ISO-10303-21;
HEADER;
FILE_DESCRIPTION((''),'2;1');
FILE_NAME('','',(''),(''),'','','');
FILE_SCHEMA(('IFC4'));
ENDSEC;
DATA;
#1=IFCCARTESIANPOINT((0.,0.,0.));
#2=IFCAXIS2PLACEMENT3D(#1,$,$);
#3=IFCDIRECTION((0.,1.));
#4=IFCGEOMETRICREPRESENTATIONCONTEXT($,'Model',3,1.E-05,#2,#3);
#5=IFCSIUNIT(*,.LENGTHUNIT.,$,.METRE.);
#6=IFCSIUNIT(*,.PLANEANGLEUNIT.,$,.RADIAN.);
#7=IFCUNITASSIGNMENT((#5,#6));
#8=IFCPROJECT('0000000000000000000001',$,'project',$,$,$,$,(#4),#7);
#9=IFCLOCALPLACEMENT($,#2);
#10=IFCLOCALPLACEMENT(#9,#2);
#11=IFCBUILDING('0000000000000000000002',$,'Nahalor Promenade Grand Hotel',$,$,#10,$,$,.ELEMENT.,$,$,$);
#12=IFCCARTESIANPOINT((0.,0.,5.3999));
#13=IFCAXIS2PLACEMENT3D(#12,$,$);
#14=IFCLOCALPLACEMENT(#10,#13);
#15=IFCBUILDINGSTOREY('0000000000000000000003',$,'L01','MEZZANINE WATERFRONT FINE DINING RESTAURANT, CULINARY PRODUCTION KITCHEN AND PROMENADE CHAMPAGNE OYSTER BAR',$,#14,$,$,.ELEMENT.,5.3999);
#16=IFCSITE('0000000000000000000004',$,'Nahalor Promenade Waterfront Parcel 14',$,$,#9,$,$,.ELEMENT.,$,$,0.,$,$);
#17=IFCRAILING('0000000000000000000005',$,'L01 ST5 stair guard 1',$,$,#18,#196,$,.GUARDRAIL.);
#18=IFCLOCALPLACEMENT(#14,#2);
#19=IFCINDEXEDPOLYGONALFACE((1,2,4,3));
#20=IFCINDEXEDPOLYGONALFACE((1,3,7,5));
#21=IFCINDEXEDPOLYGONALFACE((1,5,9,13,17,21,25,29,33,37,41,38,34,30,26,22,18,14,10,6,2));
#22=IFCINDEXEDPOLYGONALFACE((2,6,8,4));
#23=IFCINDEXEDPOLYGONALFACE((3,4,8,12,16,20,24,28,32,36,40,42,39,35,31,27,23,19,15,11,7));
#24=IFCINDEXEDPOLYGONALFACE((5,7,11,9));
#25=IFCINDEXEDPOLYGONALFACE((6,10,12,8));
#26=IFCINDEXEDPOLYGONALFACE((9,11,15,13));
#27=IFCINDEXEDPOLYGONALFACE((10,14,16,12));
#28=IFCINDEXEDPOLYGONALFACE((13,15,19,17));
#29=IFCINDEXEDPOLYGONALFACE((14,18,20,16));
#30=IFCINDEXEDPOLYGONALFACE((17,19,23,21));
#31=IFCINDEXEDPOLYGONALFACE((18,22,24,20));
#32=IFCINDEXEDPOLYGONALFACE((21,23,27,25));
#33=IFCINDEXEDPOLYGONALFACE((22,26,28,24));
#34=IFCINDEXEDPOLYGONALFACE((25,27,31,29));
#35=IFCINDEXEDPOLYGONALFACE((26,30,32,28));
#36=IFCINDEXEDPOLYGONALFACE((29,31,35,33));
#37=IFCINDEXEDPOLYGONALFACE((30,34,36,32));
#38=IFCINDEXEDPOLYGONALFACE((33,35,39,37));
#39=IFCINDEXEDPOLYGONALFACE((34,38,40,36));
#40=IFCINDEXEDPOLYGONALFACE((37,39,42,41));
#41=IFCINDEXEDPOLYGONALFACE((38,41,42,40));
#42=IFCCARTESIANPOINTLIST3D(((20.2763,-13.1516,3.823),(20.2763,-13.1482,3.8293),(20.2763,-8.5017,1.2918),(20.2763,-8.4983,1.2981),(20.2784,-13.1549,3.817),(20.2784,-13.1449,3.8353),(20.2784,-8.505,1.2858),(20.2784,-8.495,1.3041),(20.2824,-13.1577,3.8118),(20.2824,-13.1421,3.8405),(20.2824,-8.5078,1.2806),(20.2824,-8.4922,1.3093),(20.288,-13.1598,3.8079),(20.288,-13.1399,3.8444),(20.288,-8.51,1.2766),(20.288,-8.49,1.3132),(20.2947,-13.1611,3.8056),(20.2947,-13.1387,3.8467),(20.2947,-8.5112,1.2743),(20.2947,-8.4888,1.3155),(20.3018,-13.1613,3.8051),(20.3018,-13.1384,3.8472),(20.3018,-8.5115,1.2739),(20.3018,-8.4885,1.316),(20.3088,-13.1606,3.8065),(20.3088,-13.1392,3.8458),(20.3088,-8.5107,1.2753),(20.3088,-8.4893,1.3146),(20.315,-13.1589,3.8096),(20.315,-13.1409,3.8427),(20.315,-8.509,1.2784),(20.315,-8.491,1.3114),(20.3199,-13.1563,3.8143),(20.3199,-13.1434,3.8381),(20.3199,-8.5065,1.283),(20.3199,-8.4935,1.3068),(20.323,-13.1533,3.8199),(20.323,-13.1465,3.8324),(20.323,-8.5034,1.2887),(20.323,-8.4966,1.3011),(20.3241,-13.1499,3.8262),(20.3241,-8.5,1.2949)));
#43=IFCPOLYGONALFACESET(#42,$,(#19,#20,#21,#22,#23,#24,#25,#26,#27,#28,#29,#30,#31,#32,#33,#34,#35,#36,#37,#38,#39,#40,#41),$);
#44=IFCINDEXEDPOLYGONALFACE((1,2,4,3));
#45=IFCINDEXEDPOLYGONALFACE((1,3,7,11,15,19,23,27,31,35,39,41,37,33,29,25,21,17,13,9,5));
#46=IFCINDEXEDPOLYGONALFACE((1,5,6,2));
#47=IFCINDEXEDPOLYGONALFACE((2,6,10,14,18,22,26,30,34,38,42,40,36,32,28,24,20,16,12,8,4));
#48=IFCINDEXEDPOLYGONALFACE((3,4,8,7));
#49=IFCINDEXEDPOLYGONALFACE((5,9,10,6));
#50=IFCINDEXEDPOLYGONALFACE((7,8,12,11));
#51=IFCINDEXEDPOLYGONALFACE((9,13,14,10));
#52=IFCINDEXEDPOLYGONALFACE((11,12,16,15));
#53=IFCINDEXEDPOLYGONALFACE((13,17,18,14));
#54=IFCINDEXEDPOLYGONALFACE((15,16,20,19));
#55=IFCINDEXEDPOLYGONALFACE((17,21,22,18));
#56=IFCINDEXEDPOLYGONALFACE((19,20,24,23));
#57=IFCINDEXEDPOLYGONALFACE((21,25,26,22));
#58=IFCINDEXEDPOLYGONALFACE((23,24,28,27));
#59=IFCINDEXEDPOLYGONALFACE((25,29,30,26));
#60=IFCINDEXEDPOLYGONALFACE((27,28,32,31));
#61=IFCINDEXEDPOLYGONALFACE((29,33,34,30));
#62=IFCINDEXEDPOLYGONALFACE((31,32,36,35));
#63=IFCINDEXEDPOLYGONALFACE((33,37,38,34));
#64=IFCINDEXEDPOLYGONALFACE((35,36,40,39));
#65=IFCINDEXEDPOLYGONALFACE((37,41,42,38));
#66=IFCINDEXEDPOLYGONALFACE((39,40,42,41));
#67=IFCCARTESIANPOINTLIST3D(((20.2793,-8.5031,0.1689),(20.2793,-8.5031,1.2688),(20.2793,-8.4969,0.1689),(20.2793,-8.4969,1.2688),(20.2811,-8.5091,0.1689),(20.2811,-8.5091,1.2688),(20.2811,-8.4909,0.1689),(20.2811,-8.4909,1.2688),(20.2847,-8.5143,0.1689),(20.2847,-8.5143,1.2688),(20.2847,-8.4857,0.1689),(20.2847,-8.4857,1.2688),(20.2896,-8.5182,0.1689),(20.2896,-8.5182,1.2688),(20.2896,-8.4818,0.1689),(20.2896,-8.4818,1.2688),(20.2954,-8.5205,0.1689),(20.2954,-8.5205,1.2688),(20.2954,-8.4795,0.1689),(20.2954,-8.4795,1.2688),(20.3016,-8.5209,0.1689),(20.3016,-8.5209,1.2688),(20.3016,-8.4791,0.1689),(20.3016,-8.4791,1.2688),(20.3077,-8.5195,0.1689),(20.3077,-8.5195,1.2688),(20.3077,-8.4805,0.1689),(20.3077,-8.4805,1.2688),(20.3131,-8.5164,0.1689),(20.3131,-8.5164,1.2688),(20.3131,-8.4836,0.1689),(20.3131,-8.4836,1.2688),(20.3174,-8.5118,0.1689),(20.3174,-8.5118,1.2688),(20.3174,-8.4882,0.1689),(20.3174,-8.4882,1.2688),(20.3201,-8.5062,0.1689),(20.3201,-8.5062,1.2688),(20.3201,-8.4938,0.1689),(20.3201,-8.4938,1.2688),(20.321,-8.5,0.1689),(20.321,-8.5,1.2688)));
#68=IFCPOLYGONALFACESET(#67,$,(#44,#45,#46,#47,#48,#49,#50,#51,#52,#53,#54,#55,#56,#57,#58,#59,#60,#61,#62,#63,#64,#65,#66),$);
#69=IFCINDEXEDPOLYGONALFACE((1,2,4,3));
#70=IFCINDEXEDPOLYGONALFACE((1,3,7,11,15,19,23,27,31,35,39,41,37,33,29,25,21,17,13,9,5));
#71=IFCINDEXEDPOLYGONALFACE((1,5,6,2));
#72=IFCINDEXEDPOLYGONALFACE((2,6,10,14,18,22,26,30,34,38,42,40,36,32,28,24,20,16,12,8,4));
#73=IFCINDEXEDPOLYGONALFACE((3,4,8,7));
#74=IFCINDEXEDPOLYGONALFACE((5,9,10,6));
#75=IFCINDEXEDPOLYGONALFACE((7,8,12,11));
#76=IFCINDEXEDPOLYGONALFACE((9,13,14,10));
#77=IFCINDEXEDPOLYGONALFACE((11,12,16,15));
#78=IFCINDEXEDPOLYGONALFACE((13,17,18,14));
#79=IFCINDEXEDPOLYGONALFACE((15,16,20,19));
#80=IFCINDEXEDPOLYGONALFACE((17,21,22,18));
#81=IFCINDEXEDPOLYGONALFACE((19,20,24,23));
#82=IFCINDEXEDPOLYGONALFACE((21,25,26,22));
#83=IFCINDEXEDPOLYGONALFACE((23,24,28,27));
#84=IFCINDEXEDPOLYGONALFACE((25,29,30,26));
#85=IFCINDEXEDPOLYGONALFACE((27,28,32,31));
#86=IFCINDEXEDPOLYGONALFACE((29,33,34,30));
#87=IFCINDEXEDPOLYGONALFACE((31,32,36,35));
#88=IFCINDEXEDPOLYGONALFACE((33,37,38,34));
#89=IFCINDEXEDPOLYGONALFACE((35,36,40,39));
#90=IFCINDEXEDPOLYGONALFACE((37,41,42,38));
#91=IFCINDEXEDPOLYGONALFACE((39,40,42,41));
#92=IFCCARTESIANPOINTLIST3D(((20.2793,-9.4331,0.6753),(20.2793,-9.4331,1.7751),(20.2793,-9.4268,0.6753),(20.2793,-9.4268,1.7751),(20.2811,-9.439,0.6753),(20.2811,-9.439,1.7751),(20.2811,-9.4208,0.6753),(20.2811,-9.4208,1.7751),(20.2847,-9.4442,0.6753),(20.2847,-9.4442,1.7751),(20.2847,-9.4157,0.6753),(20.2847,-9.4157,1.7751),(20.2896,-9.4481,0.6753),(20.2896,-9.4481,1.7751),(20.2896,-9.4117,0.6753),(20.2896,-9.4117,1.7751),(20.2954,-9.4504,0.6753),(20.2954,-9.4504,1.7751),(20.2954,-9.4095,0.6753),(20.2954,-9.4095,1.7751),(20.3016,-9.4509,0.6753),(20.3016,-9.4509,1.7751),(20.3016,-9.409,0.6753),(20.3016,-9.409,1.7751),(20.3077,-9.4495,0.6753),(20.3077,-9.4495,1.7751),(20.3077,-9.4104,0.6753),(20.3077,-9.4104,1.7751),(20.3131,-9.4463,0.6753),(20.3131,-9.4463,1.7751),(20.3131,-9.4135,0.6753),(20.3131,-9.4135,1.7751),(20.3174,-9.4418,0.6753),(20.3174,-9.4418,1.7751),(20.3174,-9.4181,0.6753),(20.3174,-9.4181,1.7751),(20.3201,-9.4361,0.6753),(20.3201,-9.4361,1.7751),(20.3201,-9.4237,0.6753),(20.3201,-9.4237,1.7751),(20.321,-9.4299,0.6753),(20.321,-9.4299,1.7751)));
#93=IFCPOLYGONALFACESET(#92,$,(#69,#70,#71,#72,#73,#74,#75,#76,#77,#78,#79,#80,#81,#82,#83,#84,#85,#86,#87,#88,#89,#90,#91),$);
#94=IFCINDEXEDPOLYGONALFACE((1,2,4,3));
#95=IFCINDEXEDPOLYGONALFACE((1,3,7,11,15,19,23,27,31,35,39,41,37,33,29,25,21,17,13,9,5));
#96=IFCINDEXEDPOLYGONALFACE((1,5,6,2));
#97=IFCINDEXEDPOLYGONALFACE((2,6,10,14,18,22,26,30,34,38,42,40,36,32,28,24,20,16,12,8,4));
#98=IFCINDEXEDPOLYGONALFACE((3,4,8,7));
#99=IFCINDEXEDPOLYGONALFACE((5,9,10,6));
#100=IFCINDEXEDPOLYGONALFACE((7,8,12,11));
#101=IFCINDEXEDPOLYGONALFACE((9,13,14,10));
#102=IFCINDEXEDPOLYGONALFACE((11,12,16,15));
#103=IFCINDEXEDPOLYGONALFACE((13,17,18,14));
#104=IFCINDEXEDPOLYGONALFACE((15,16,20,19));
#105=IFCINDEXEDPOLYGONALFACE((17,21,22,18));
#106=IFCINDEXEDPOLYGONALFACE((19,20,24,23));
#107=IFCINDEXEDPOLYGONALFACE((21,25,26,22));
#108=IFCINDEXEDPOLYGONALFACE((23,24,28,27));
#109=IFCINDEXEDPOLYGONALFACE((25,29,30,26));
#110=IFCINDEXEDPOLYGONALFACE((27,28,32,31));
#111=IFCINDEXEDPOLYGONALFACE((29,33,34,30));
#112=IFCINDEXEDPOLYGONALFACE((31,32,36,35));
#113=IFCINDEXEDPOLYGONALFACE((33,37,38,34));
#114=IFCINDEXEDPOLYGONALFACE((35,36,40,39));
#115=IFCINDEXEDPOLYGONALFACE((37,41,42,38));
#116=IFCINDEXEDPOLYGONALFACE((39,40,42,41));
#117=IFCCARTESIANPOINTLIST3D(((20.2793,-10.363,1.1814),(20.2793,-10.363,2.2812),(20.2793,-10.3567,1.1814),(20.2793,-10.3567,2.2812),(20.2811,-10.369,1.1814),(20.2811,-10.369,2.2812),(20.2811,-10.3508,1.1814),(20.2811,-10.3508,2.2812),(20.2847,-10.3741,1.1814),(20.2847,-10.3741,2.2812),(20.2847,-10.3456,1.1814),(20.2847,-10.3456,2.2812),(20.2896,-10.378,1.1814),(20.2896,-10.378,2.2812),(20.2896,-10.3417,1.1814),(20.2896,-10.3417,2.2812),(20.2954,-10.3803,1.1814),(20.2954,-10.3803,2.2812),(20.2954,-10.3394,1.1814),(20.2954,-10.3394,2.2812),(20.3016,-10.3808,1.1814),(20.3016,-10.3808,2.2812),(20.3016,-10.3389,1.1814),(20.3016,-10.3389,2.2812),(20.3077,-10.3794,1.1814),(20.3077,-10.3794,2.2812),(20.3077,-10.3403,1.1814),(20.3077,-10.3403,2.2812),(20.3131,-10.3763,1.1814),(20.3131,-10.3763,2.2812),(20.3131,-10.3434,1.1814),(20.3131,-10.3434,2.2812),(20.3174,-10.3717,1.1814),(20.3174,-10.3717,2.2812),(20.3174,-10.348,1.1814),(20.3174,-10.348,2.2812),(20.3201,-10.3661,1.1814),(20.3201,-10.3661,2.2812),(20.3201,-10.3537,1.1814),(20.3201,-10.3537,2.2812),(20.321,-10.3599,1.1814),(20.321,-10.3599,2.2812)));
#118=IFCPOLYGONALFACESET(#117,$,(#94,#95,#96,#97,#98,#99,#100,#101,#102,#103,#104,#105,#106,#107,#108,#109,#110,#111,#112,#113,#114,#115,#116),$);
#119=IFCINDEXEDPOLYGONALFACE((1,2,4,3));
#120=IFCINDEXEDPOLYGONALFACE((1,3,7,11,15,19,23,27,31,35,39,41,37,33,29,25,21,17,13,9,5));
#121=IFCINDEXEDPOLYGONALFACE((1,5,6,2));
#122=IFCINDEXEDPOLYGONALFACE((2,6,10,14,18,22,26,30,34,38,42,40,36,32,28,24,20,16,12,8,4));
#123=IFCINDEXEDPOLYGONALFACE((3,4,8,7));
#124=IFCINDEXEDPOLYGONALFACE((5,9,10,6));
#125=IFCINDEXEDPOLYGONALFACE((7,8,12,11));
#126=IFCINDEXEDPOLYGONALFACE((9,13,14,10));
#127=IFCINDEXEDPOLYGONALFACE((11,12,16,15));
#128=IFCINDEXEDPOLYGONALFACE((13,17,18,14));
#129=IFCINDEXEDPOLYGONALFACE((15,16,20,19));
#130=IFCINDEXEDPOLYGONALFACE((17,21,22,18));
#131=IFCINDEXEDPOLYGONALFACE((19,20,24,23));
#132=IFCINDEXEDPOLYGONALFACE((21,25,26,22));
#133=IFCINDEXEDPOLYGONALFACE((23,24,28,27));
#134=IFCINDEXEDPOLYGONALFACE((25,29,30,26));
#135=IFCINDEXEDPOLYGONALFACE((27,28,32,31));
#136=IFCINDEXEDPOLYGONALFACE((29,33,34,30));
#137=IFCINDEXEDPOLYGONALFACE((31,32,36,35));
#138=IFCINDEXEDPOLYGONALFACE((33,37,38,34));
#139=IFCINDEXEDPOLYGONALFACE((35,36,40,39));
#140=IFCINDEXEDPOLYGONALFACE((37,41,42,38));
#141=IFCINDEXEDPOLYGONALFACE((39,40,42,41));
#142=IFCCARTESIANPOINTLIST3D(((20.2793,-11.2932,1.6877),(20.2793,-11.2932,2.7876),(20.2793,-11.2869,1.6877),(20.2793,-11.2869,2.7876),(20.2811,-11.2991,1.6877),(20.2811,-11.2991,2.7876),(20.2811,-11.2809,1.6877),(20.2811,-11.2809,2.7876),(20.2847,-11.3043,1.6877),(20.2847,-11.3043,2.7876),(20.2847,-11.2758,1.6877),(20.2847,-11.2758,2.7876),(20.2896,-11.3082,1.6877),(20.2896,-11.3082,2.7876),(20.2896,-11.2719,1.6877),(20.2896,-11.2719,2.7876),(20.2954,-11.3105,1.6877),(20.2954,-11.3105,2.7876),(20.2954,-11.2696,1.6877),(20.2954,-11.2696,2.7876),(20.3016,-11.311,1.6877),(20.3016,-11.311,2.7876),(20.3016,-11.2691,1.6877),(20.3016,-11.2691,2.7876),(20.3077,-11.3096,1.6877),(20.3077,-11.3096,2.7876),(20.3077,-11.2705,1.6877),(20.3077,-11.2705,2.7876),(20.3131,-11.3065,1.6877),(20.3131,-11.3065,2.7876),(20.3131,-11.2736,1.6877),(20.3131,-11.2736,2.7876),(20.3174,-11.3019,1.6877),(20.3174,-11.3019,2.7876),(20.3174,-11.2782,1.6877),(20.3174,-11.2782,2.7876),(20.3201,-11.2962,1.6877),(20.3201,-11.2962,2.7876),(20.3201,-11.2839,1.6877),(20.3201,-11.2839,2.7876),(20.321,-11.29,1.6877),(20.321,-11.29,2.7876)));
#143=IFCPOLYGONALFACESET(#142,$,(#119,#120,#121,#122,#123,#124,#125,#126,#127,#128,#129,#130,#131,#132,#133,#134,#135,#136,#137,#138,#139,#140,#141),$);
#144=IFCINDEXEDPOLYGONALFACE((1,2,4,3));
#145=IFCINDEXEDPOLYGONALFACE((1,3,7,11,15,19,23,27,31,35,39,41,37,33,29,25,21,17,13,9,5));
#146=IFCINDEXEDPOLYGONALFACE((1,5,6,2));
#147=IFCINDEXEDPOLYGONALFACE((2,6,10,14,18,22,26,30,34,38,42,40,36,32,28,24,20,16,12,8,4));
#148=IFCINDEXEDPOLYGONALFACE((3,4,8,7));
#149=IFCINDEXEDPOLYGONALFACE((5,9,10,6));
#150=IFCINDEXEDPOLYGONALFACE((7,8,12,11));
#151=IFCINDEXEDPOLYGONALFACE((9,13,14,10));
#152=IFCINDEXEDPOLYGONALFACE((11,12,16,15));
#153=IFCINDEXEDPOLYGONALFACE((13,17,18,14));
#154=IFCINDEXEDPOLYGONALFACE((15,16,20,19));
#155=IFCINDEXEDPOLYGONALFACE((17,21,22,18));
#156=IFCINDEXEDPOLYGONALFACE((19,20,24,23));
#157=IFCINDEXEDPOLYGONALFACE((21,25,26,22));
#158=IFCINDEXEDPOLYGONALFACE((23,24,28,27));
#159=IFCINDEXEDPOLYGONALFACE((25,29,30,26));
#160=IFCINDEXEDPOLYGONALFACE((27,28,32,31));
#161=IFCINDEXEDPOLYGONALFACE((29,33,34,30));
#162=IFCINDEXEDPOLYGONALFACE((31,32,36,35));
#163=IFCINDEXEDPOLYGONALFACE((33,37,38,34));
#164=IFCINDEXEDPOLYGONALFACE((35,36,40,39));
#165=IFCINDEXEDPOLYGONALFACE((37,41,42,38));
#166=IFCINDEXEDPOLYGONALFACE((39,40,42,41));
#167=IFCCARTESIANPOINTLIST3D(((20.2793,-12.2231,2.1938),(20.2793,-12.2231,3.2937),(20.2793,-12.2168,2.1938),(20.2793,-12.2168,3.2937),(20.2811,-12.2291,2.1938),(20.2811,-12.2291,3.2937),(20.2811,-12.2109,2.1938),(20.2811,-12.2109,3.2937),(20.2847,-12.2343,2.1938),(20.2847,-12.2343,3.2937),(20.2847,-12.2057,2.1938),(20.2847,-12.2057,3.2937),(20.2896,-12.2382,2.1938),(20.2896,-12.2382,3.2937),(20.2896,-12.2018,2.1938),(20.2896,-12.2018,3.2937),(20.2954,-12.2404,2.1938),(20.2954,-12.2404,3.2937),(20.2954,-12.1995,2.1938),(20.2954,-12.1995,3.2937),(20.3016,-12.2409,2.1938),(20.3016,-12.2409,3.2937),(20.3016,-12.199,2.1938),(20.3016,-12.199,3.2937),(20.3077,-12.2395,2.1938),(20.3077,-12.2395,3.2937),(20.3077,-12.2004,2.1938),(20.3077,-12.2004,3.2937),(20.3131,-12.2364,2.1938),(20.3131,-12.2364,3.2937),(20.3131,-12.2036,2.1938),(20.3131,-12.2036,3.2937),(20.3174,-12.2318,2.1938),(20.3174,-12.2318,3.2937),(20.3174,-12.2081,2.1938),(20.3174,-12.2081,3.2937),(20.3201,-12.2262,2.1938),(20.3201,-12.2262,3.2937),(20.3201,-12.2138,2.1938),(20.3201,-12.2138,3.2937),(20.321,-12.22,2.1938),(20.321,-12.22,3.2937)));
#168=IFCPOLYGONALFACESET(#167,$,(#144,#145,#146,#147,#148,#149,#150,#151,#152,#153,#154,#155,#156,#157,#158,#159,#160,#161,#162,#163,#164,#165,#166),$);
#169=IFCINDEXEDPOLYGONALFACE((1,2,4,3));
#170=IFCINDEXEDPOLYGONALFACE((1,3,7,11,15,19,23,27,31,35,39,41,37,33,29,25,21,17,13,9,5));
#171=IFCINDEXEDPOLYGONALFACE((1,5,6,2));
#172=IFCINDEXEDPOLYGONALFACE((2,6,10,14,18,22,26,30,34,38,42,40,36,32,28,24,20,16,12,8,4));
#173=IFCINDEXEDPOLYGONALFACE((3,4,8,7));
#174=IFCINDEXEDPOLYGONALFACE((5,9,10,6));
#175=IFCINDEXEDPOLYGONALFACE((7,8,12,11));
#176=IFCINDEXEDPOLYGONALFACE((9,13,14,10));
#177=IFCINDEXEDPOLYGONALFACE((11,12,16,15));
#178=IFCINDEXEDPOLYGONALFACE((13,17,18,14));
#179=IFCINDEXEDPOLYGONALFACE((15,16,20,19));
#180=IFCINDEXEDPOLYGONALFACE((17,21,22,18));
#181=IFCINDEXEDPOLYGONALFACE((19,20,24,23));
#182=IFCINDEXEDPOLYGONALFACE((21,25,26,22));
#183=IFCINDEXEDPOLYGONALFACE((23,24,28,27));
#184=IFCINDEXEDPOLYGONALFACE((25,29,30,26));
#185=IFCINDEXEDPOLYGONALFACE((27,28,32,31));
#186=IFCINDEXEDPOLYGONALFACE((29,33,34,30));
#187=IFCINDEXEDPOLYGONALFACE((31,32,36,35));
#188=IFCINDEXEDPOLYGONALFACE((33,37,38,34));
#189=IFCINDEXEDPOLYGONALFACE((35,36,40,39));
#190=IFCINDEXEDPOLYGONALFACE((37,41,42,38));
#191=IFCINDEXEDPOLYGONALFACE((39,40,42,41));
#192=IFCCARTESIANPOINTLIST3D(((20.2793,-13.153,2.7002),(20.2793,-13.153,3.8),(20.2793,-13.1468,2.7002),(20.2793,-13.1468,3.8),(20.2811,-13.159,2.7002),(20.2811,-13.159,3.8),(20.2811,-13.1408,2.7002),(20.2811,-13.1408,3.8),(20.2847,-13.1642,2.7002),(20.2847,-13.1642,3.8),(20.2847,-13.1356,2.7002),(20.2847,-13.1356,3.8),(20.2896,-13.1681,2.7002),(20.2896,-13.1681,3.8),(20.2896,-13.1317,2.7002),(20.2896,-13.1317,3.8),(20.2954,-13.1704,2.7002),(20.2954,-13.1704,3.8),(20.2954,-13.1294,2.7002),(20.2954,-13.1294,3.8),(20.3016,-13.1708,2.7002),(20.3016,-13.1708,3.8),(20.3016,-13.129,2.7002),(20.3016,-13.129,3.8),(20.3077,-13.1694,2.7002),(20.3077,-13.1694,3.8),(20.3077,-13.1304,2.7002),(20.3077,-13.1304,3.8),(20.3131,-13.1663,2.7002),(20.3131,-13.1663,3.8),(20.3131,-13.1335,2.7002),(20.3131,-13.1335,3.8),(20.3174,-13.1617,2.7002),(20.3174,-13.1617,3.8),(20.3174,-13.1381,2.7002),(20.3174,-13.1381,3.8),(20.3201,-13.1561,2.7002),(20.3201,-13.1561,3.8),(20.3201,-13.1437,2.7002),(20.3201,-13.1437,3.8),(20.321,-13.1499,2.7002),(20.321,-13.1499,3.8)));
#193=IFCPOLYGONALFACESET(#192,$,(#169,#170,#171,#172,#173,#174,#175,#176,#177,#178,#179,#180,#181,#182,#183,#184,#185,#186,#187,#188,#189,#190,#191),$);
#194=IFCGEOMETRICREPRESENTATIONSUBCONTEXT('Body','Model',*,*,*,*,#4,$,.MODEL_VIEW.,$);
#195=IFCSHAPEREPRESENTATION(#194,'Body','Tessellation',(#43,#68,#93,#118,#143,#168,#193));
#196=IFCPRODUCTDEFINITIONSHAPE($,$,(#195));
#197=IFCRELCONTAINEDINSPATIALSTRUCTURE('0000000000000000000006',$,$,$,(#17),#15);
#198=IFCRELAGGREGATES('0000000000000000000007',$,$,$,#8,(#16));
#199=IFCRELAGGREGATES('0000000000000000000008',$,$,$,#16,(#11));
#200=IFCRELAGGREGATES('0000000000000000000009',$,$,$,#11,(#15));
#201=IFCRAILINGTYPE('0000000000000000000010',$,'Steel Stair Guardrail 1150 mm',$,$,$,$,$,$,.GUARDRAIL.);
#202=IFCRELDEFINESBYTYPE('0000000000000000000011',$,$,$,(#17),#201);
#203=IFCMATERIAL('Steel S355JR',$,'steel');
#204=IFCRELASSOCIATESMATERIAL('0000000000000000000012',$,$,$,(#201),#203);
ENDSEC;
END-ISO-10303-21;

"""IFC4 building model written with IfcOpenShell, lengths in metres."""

from ifc_helpers import new_model, si_unit, direction, frame, origin, origin_2d, place, context, subcontext, project, spatial, circle, extrude, material, type_object, element, save


model = new_model("IFC4")

# Units and contexts
model_context = context("Model", 3, precision=1e-05, world=origin(), true_north=direction((0.0, 1.0)))
body_context = subcontext(model_context, "Body", "Model", "MODEL_VIEW")
ifc_project = project(units=[si_unit("LENGTHUNIT", "METRE"), si_unit("PLANEANGLEUNIT", "RADIAN")], contexts=[model_context])

# Site, building, storey
site_placement = place(None, origin())
site = spatial("IfcSite", under=ifc_project, at=site_placement, Name="Nahalor Promenade Waterfront Parcel 14", CompositionType="ELEMENT", RefElevation=0.0)
building_placement = place(site_placement, origin())
building = spatial("IfcBuilding", under=site, at=building_placement, Name="Nahalor Promenade Grand Hotel", CompositionType="ELEMENT")
storey_placement = place(building_placement, frame((0.0, 0.0, 5.3999)))
storey = spatial("IfcBuildingStorey", under=building, at=storey_placement, Name="L01", Description="MEZZANINE WATERFRONT FINE DINING RESTAURANT, CULINARY PRODUCTION KITCHEN AND PROMENADE CHAMPAGNE OYSTER BAR", CompositionType="ELEMENT", Elevation=5.3999)

# Shared definitions
ifc_material_1 = material(Name="Steel S355JR", Category="steel")

# Railing
railing_type_1 = type_object("IfcRailingType", Name="Steel Stair Guardrail 1150 mm", PredefinedType="GUARDRAIL", material=ifc_material_1)
railing_1_placement = place(storey_placement, frame((20.3, -8.5, 0.1689)))
element("IfcRailing", 1, at=railing_1_placement, inside=storey, type_object=railing_type_1, Name="L01 ST5 stair guard 1", PredefinedType="GUARDRAIL", context=body_context, shape_type="SweptSolid", body=[
    extrude(circle(Radius=0.024, at=origin_2d()), frame((0.0, 0.0, 1.126), z_axis=(0.0, -0.878297, 0.478115), x_axis=(1.0, 0.0, 0.0)), (0.0, 0.0, 1.0), 5.2942),
    extrude(circle(Radius=0.021, at=origin_2d()), origin(), (0.0, 0.0, 1.0), 1.0999),
    extrude(circle(Radius=0.021, at=origin_2d()), frame((0.0, -0.9299, 0.5063)), (0.0, 0.0, 1.0), 1.0999),
    extrude(circle(Radius=0.021, at=origin_2d()), frame((0.0, -1.8599, 1.0125)), (0.0, 0.0, 1.0), 1.0999),
    extrude(circle(Radius=0.021, at=origin_2d()), frame((0.0, -2.79, 1.5188)), (0.0, 0.0, 1.0), 1.0999),
    extrude(circle(Radius=0.021, at=origin_2d()), frame((0.0, -3.72, 2.0249)), (0.0, 0.0, 1.0), 1.0999),
    extrude(circle(Radius=0.021, at=origin_2d()), frame((0.0, -4.6499, 2.5312)), (0.0, 0.0, 1.0), 1.0999),
])

save(model, "model.ifc")
